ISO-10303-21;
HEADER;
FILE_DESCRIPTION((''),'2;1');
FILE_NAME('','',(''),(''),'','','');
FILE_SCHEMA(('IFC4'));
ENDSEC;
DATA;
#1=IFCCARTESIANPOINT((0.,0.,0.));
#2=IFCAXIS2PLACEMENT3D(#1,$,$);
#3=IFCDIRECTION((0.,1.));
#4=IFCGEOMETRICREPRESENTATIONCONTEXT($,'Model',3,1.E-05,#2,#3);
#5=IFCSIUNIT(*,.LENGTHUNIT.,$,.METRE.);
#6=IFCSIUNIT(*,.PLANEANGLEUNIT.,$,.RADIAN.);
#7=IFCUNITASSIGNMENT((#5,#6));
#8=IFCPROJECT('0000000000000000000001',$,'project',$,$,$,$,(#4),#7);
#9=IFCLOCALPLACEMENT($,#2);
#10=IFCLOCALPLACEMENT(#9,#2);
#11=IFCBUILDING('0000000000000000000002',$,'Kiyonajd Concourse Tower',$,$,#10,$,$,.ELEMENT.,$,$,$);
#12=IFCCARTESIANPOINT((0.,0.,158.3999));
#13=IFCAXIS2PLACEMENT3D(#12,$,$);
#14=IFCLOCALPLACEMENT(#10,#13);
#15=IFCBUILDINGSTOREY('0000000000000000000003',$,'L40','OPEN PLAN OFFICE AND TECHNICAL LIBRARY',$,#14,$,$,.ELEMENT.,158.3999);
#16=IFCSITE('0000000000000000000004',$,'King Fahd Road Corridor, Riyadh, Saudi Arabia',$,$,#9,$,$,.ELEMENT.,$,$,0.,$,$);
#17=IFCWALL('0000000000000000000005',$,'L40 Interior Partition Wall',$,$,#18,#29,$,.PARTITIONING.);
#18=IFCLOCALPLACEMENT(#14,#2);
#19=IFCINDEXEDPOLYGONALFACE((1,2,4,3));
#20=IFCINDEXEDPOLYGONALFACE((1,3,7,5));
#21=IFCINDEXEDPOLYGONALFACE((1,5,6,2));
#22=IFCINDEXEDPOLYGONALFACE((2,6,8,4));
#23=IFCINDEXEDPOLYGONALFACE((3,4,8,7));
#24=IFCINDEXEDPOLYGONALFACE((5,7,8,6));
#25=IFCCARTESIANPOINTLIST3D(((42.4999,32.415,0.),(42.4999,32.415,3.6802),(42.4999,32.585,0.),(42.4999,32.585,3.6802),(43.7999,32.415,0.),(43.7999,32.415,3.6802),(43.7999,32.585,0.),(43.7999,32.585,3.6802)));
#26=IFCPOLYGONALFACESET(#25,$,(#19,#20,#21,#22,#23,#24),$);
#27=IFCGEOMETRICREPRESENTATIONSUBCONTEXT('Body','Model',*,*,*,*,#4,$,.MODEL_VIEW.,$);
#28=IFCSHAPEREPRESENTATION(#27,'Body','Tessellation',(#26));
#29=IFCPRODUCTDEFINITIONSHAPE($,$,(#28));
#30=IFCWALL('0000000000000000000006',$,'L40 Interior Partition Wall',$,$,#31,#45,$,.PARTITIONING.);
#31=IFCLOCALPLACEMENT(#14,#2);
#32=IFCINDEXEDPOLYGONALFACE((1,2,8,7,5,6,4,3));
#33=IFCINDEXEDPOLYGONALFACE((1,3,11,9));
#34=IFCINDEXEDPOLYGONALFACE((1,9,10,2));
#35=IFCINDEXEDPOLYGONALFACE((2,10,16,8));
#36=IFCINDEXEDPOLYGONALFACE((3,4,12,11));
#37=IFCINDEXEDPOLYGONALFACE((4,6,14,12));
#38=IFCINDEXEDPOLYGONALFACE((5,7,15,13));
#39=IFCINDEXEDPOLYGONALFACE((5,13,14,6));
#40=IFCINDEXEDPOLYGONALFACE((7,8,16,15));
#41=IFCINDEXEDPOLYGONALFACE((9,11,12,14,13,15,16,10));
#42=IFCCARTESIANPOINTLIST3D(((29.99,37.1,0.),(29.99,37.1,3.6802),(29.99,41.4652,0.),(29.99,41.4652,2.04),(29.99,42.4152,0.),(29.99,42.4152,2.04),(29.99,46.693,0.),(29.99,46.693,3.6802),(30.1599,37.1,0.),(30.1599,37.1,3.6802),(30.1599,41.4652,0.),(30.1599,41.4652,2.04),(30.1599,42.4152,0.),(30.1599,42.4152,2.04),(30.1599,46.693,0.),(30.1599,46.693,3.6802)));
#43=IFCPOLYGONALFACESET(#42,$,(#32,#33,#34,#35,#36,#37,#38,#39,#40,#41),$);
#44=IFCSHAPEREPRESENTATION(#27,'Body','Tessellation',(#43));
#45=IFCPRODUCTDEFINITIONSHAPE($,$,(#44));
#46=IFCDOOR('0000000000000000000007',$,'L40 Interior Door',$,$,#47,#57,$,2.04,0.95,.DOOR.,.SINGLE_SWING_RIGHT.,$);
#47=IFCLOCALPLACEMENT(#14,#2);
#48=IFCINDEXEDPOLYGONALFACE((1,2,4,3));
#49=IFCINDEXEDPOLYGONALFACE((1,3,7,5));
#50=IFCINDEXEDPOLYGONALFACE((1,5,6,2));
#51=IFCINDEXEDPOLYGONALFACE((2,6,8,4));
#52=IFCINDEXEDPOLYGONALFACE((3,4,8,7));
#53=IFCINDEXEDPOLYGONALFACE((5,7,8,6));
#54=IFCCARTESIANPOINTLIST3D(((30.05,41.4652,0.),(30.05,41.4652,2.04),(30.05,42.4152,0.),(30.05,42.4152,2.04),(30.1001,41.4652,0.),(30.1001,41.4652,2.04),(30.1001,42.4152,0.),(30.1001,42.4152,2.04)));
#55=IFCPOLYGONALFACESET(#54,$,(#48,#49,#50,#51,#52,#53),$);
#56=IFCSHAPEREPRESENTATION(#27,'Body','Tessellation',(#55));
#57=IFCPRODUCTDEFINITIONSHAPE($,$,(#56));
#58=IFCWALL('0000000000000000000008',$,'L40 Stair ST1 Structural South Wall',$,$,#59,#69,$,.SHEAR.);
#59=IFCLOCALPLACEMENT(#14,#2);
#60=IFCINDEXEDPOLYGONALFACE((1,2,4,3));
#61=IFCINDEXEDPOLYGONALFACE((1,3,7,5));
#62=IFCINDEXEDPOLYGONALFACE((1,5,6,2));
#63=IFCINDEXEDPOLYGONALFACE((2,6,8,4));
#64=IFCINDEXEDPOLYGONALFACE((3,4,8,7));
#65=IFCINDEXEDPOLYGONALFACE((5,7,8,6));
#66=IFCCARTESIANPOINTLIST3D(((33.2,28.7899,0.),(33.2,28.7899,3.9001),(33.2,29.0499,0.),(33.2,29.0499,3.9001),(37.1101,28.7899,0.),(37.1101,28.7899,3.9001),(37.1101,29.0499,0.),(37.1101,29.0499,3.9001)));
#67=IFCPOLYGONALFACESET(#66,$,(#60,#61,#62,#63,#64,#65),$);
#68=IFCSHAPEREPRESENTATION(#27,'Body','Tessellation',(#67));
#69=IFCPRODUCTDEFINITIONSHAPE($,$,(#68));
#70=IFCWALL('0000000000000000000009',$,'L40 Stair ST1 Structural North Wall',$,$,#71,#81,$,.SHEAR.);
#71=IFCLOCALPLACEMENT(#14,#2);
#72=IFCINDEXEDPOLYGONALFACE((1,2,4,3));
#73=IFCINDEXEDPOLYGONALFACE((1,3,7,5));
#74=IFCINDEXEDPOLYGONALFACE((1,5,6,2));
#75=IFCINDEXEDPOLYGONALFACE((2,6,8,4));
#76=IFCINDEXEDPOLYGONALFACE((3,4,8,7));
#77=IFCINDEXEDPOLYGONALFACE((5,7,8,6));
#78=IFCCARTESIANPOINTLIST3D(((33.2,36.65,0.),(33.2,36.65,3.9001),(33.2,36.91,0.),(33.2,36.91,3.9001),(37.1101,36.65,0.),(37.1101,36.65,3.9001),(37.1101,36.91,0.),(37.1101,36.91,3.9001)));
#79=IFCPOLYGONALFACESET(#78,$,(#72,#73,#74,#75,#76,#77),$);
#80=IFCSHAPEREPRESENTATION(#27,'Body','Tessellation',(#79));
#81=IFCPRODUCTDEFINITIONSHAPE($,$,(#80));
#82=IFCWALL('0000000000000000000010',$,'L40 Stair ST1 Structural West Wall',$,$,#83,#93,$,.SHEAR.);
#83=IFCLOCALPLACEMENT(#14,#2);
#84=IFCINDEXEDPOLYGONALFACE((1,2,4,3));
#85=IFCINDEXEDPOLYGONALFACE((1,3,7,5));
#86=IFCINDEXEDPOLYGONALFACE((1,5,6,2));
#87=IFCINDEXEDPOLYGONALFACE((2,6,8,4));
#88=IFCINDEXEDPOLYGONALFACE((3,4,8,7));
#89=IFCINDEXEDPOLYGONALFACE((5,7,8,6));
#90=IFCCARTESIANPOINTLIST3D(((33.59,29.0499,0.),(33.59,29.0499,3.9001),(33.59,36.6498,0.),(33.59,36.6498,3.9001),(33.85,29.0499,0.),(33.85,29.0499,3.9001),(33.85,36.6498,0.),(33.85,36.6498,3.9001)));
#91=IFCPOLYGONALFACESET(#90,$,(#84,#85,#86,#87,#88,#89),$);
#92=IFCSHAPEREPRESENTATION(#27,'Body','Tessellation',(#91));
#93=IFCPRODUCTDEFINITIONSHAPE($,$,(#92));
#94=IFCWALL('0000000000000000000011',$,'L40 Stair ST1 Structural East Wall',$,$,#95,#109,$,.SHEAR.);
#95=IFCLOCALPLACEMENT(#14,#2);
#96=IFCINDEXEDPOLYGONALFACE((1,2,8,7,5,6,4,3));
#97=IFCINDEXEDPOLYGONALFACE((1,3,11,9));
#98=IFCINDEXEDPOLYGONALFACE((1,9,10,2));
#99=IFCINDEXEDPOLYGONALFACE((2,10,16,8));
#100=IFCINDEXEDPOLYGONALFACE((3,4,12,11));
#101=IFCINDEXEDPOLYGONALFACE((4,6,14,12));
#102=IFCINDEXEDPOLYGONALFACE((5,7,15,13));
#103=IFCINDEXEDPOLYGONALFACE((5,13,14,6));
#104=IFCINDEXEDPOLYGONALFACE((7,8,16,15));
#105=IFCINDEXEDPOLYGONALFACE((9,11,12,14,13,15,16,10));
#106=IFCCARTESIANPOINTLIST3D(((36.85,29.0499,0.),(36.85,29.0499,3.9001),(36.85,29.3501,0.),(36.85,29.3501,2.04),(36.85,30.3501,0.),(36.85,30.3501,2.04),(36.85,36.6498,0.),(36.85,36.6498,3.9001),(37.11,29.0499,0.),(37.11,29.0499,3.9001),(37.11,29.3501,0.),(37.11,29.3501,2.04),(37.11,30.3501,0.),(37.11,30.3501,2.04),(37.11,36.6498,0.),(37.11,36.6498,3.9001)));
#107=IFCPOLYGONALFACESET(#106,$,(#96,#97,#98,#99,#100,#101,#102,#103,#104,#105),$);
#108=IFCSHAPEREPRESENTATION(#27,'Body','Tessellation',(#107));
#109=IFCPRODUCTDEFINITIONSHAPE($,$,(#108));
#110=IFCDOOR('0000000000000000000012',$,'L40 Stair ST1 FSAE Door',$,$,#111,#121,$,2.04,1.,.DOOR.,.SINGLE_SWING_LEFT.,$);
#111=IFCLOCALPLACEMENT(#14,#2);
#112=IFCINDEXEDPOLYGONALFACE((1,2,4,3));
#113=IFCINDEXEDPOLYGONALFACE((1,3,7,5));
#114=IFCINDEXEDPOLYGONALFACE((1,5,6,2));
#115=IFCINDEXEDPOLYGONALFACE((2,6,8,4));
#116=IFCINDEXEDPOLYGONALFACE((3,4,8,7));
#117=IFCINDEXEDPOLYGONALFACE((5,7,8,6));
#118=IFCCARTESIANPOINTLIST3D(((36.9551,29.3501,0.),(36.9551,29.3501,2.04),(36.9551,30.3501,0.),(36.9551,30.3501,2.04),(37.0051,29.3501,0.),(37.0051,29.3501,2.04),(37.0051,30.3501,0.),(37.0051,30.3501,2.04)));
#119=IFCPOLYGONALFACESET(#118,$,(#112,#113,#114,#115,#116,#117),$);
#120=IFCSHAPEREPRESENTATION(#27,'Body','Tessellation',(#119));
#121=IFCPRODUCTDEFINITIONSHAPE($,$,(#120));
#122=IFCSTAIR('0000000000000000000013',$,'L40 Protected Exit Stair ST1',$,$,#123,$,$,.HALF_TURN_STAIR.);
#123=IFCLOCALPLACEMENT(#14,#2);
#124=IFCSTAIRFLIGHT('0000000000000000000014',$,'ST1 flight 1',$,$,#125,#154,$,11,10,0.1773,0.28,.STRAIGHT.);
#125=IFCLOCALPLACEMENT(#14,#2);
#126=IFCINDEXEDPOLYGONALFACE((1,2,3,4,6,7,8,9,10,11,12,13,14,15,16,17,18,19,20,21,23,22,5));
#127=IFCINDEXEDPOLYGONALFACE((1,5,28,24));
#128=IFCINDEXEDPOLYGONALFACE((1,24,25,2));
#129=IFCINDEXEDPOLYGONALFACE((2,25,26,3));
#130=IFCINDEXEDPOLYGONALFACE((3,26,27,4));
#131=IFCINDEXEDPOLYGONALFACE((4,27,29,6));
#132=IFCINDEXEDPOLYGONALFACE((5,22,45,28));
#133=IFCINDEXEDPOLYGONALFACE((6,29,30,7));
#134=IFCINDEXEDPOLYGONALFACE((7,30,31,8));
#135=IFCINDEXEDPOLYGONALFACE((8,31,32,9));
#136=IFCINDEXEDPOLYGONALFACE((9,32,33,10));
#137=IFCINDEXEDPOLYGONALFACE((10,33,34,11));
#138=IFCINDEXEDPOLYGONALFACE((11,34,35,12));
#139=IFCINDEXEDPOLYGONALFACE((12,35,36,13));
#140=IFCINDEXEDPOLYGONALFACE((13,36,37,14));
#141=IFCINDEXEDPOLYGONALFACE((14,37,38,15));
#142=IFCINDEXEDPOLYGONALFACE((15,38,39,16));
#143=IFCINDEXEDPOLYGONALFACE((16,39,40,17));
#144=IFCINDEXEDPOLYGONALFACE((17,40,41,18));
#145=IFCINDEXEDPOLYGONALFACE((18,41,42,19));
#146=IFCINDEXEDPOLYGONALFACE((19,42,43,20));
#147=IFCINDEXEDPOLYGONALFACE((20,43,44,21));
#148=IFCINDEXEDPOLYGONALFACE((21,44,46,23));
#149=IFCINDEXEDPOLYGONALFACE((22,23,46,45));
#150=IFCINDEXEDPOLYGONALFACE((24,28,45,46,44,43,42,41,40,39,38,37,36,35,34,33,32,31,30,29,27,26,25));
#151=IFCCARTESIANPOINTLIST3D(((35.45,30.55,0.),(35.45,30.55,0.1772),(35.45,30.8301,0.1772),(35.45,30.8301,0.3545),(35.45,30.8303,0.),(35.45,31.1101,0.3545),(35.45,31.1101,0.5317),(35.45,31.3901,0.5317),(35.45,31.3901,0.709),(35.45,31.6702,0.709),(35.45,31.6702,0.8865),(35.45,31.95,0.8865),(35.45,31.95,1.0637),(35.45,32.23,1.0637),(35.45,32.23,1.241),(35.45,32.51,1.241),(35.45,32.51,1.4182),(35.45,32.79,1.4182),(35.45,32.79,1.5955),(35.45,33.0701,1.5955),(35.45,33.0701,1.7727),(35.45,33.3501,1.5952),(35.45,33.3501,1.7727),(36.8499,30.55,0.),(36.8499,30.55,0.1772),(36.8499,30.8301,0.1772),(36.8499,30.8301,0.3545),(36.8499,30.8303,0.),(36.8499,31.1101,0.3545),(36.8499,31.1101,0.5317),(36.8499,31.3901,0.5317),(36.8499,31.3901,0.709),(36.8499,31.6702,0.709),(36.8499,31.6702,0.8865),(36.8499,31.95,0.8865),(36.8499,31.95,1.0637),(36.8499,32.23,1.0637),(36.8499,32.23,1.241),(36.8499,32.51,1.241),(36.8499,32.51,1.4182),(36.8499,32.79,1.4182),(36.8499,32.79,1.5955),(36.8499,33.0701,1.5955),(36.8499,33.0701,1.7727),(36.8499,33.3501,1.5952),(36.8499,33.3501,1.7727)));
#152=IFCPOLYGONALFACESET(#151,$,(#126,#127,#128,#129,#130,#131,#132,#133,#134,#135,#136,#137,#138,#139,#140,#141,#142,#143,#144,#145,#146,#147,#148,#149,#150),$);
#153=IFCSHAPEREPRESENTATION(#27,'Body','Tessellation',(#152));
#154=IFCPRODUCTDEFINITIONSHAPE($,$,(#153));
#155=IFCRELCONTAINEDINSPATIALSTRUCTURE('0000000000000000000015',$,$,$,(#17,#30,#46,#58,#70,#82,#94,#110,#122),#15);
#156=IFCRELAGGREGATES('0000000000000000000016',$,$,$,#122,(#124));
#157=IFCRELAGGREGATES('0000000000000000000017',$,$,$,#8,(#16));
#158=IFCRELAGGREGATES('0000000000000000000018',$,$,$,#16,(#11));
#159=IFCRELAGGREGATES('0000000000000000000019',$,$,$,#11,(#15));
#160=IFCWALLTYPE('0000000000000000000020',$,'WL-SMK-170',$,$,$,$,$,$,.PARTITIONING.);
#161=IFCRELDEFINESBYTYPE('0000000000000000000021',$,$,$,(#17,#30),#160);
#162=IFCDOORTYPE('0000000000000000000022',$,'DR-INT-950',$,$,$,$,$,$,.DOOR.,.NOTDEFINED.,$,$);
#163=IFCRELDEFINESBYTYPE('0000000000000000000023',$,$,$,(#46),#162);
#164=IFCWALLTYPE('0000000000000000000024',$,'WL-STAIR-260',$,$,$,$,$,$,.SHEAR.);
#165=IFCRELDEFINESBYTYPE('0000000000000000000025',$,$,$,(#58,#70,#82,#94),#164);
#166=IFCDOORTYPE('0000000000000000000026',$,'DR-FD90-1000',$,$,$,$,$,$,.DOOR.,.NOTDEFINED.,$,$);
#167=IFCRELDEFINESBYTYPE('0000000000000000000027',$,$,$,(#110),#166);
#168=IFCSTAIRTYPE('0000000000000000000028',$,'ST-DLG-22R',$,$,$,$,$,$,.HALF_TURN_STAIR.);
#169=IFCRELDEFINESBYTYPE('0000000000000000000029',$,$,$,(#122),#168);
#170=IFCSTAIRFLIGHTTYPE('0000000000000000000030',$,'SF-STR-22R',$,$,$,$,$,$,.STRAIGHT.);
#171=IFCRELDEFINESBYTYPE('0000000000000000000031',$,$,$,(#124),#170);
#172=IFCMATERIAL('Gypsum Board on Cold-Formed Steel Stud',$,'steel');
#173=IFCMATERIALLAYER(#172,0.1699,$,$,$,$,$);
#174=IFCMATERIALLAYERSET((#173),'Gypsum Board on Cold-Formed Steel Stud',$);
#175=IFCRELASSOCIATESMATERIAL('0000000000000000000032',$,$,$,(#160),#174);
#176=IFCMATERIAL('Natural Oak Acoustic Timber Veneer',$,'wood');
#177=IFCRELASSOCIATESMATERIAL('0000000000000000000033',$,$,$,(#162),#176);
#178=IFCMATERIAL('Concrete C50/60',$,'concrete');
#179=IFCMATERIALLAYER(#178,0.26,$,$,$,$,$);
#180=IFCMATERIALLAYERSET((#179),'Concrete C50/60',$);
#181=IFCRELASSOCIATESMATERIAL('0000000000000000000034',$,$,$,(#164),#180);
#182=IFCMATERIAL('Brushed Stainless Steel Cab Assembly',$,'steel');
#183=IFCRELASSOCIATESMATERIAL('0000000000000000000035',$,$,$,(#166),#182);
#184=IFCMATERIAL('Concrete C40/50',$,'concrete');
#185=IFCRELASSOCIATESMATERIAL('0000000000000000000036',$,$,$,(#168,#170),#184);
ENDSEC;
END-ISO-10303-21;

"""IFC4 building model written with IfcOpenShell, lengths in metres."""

from ifc_helpers import new_model, si_unit, direction, frame, frame_2d, origin, place, context, subcontext, project, spatial, polyline, rectangle, outline, extrude, material, layer, layer_set, type_object, element, fill, aggregate, save


model = new_model("IFC4")

# Units and contexts
model_context = context("Model", 3, precision=1e-05, world=origin(), true_north=direction((0.0, 1.0)))
body_context = subcontext(model_context, "Body", "Model", "MODEL_VIEW")
ifc_project = project(units=[si_unit("LENGTHUNIT", "METRE"), si_unit("PLANEANGLEUNIT", "RADIAN")], contexts=[model_context])

# Site, building, storey
site_placement = place(None, origin())
site = spatial("IfcSite", under=ifc_project, at=site_placement, Name="King Fahd Road Corridor, Riyadh, Saudi Arabia", CompositionType="ELEMENT", RefElevation=0.0)
building_placement = place(site_placement, origin())
building = spatial("IfcBuilding", under=site, at=building_placement, Name="Kiyonajd Concourse Tower", CompositionType="ELEMENT")
storey_placement = place(building_placement, frame((0.0, 0.0, 158.3999)))
storey = spatial("IfcBuildingStorey", under=building, at=storey_placement, Name="L40", Description="OPEN PLAN OFFICE AND TECHNICAL LIBRARY", CompositionType="ELEMENT", Elevation=158.3999)

# Shared definitions
ifc_material_1 = material(Name="Concrete C50/60", Category="concrete")

# Shared definitions
ifc_material_2 = material(Name="Gypsum Board on Cold-Formed Steel Stud", Category="steel")
ifc_material_3 = material(Name="Brushed Stainless Steel Cab Assembly", Category="steel")

# Wall
ifc_layer_1 = layer(ifc_material_2, 0.1699)
ifc_layer_set_1 = layer_set([ifc_layer_1], Name="Gypsum Board on Cold-Formed Steel Stud")
wall_type_1 = type_object("IfcWallType", Name="WL-SMK-170", PredefinedType="PARTITIONING", material=ifc_layer_set_1)
wall_1_placement = place(storey_placement, frame((42.5, 32.5, 0.0), z_axis=(0.0, 0.0, 1.0), x_axis=(1.0, 0.0, 0.0)))
element("IfcWall", 1, at=wall_1_placement, inside=storey, type_object=wall_type_1, Name="L40 Interior Partition Wall", PredefinedType="PARTITIONING", context=body_context, shape_type="SweptSolid", body=[
    extrude(rectangle(XDim=1.3, YDim=0.1699, at=frame_2d((0.6499, 0.0))), origin(), (0.0, 0.0, 1.0), 3.6802),
])

# Wall, opening, door
wall_2_placement = place(storey_placement, frame((30.075, 37.1001, 0.0), z_axis=(0.0, 0.0, 1.0), x_axis=(0.0, 1.0, 0.0)))
wall_2 = element("IfcWall", 2, at=wall_2_placement, inside=storey, type_object=wall_type_1, Name="L40 Interior Partition Wall", PredefinedType="PARTITIONING", context=body_context, shape_type="SweptSolid", body=[
    extrude(rectangle(XDim=9.593, YDim=0.1699, at=frame_2d((4.7964, 0.0))), origin(), (0.0, 0.0, 1.0), 3.6802),
])
opening_1_placement = place(wall_2_placement, frame((4.365, 0.0, 0.0)))
opening_1 = element("IfcOpeningElement", 3, at=opening_1_placement, cuts=wall_2, PredefinedType="OPENING", context=body_context, shape_type="SweptSolid", body=[
    extrude(rectangle(XDim=0.95, YDim=2.04, at=frame_2d((0.4751, 1.02))), frame((0.0, 0.095, 0.0), z_axis=(0.0, -1.0, 0.0), x_axis=(1.0, 0.0, 0.0)), (0.0, 0.0, 1.0), 0.1899),
])
ifc_material_4 = material(Name="Natural Oak Acoustic Timber Veneer", Category="wood")
door_type_1 = type_object("IfcDoorType", Name="DR-INT-950", OperationType="NOTDEFINED", PredefinedType="DOOR", material=ifc_material_4)
door_1_placement = place(opening_1_placement, origin())
door_1 = element("IfcDoor", 4, at=door_1_placement, inside=storey, type_object=door_type_1, Name="L40 Interior Door", OperationType="SINGLE_SWING_RIGHT", OverallHeight=2.04, OverallWidth=0.95, PredefinedType="DOOR", context=body_context, shape_type="SweptSolid", body=[
    extrude(rectangle(XDim=0.95, YDim=2.04, at=frame_2d((0.4751, 1.02))), frame((0.0, 0.0249, 0.0), z_axis=(0.0, -1.0, 0.0), x_axis=(1.0, 0.0, 0.0)), (0.0, 0.0, 1.0), 0.05),
])
fill(opening_1, door_1)

# Walls
ifc_layer_2 = layer(ifc_material_1, 0.26)
ifc_layer_set_2 = layer_set([ifc_layer_2], Name="Concrete C50/60")
wall_type_2 = type_object("IfcWallType", Name="WL-STAIR-260", PredefinedType="SHEAR", material=ifc_layer_set_2)
for number, where, z_axis, x_axis, name in (
    (5, (33.2, 28.9199, 0.0), (0.0, 0.0, 1.0), (1.0, 0.0, 0.0), "L40 Stair ST1 Structural South Wall"),
    (6, (33.2, 36.78, 0.0), (0.0, 0.0, 1.0), (1.0, 0.0, 0.0), "L40 Stair ST1 Structural North Wall"),
):
    element("IfcWall", number, at=place(storey_placement, frame(where, z_axis=z_axis, x_axis=x_axis)), inside=storey, type_object=wall_type_2, Name=name, PredefinedType="SHEAR", context=body_context, shape_type="SweptSolid", body=[
        extrude(rectangle(XDim=3.9102, YDim=0.26, at=frame_2d((1.9551, 0.0))), origin(), (0.0, 0.0, 1.0), 3.9001),
    ])
wall_3_placement = place(storey_placement, frame((33.72, 29.05, 0.0), z_axis=(0.0, 0.0, 1.0), x_axis=(0.0, 1.0, 0.0)))
element("IfcWall", 7, at=wall_3_placement, inside=storey, type_object=wall_type_2, Name="L40 Stair ST1 Structural West Wall", PredefinedType="SHEAR", context=body_context, shape_type="SweptSolid", body=[
    extrude(rectangle(XDim=7.5999, YDim=0.26, at=frame_2d((3.7998, 0.0))), origin(), (0.0, 0.0, 1.0), 3.9001),
])

# Wall, opening, door
wall_4_placement = place(storey_placement, frame((36.98, 29.05, 0.0), z_axis=(0.0, 0.0, 1.0), x_axis=(0.0, 1.0, 0.0)))
wall_4 = element("IfcWall", 8, at=wall_4_placement, inside=storey, type_object=wall_type_2, Name="L40 Stair ST1 Structural East Wall", PredefinedType="SHEAR", context=body_context, shape_type="SweptSolid", body=[
    extrude(rectangle(XDim=7.5999, YDim=0.26, at=frame_2d((3.7998, 0.0))), origin(), (0.0, 0.0, 1.0), 3.9001),
])
opening_2_placement = place(wall_4_placement, frame((0.3, 0.0, 0.0)))
opening_2 = element("IfcOpeningElement", 9, at=opening_2_placement, cuts=wall_4, PredefinedType="OPENING", context=body_context, shape_type="SweptSolid", body=[
    extrude(rectangle(XDim=1.0, YDim=2.04, at=frame_2d((0.5, 1.02))), frame((0.0, 0.1399, 0.0), z_axis=(0.0, -1.0, 0.0), x_axis=(1.0, 0.0, 0.0)), (0.0, 0.0, 1.0), 0.28),
])
door_type_2 = type_object("IfcDoorType", Name="DR-FD90-1000", OperationType="NOTDEFINED", PredefinedType="DOOR", material=ifc_material_3)
door_2_placement = place(opening_2_placement, origin())
door_2 = element("IfcDoor", 10, at=door_2_placement, inside=storey, type_object=door_type_2, Name="L40 Stair ST1 FSAE Door", OperationType="SINGLE_SWING_LEFT", OverallHeight=2.04, OverallWidth=1.0, PredefinedType="DOOR", context=body_context, shape_type="SweptSolid", body=[
    extrude(rectangle(XDim=1.0, YDim=2.04, at=frame_2d((0.5, 1.02))), frame((0.0, 0.0249, 0.0), z_axis=(0.0, -1.0, 0.0), x_axis=(1.0, 0.0, 0.0)), (0.0, 0.0, 1.0), 0.05),
])
fill(opening_2, door_2)

# Stair, stair flight
ifc_material_5 = material(Name="Concrete C40/50", Category="concrete")
stair_type = type_object("IfcStairType", Name="ST-DLG-22R", PredefinedType="HALF_TURN_STAIR", material=ifc_material_5)
stair_placement = place(storey_placement, origin())
stair = element("IfcStair", 11, at=stair_placement, inside=storey, type_object=stair_type, Name="L40 Protected Exit Stair ST1", PredefinedType="HALF_TURN_STAIR")
stair_flight_type = type_object("IfcStairFlightType", Name="SF-STR-22R", PredefinedType="STRAIGHT", material=ifc_material_5)
stair_flight_1_placement = place(storey_placement, frame((36.1499, 30.55, 0.0), z_axis=(0.0, 0.0, 1.0), x_axis=(0.0, 1.0, 0.0)))
stair_flight_1 = element("IfcStairFlight", 12, at=stair_flight_1_placement, type_object=stair_flight_type, Name="ST1 flight 1", NumberOfRisers=11, NumberOfTreads=10, PredefinedType="STRAIGHT", RiserHeight=0.1773, TreadLength=0.28, context=body_context, shape_type="SweptSolid", body=[
    extrude(outline(polyline([(0.0, 0.0), (0.0, 0.1772), (0.28, 0.1772), (0.28, 0.3545), (0.5601, 0.3545), (0.5601, 0.5317), (0.8401, 0.5317), (0.8401, 0.709), (1.1201, 0.709), (1.1201, 0.8865), (1.3999, 0.8865), (1.3999, 1.0637), (1.6799, 1.0637), (1.6799, 1.241), (1.96, 1.241), (1.96, 1.4182), (2.24, 1.4182), (2.24, 1.5955), (2.52, 1.5955), (2.52, 1.7727), (2.8, 1.7727), (2.8, 1.95), (2.8, 1.5952), (0.2803, 0.0), (0.0, 0.0)])), frame((0.0, 0.7, 0.0), z_axis=(0.0, -1.0, 0.0), x_axis=(1.0, 0.0, 0.0)), (0.0, 0.0, 1.0), 1.3999),
])
aggregate(stair, [stair_flight_1])

save(model, "model.ifc")
